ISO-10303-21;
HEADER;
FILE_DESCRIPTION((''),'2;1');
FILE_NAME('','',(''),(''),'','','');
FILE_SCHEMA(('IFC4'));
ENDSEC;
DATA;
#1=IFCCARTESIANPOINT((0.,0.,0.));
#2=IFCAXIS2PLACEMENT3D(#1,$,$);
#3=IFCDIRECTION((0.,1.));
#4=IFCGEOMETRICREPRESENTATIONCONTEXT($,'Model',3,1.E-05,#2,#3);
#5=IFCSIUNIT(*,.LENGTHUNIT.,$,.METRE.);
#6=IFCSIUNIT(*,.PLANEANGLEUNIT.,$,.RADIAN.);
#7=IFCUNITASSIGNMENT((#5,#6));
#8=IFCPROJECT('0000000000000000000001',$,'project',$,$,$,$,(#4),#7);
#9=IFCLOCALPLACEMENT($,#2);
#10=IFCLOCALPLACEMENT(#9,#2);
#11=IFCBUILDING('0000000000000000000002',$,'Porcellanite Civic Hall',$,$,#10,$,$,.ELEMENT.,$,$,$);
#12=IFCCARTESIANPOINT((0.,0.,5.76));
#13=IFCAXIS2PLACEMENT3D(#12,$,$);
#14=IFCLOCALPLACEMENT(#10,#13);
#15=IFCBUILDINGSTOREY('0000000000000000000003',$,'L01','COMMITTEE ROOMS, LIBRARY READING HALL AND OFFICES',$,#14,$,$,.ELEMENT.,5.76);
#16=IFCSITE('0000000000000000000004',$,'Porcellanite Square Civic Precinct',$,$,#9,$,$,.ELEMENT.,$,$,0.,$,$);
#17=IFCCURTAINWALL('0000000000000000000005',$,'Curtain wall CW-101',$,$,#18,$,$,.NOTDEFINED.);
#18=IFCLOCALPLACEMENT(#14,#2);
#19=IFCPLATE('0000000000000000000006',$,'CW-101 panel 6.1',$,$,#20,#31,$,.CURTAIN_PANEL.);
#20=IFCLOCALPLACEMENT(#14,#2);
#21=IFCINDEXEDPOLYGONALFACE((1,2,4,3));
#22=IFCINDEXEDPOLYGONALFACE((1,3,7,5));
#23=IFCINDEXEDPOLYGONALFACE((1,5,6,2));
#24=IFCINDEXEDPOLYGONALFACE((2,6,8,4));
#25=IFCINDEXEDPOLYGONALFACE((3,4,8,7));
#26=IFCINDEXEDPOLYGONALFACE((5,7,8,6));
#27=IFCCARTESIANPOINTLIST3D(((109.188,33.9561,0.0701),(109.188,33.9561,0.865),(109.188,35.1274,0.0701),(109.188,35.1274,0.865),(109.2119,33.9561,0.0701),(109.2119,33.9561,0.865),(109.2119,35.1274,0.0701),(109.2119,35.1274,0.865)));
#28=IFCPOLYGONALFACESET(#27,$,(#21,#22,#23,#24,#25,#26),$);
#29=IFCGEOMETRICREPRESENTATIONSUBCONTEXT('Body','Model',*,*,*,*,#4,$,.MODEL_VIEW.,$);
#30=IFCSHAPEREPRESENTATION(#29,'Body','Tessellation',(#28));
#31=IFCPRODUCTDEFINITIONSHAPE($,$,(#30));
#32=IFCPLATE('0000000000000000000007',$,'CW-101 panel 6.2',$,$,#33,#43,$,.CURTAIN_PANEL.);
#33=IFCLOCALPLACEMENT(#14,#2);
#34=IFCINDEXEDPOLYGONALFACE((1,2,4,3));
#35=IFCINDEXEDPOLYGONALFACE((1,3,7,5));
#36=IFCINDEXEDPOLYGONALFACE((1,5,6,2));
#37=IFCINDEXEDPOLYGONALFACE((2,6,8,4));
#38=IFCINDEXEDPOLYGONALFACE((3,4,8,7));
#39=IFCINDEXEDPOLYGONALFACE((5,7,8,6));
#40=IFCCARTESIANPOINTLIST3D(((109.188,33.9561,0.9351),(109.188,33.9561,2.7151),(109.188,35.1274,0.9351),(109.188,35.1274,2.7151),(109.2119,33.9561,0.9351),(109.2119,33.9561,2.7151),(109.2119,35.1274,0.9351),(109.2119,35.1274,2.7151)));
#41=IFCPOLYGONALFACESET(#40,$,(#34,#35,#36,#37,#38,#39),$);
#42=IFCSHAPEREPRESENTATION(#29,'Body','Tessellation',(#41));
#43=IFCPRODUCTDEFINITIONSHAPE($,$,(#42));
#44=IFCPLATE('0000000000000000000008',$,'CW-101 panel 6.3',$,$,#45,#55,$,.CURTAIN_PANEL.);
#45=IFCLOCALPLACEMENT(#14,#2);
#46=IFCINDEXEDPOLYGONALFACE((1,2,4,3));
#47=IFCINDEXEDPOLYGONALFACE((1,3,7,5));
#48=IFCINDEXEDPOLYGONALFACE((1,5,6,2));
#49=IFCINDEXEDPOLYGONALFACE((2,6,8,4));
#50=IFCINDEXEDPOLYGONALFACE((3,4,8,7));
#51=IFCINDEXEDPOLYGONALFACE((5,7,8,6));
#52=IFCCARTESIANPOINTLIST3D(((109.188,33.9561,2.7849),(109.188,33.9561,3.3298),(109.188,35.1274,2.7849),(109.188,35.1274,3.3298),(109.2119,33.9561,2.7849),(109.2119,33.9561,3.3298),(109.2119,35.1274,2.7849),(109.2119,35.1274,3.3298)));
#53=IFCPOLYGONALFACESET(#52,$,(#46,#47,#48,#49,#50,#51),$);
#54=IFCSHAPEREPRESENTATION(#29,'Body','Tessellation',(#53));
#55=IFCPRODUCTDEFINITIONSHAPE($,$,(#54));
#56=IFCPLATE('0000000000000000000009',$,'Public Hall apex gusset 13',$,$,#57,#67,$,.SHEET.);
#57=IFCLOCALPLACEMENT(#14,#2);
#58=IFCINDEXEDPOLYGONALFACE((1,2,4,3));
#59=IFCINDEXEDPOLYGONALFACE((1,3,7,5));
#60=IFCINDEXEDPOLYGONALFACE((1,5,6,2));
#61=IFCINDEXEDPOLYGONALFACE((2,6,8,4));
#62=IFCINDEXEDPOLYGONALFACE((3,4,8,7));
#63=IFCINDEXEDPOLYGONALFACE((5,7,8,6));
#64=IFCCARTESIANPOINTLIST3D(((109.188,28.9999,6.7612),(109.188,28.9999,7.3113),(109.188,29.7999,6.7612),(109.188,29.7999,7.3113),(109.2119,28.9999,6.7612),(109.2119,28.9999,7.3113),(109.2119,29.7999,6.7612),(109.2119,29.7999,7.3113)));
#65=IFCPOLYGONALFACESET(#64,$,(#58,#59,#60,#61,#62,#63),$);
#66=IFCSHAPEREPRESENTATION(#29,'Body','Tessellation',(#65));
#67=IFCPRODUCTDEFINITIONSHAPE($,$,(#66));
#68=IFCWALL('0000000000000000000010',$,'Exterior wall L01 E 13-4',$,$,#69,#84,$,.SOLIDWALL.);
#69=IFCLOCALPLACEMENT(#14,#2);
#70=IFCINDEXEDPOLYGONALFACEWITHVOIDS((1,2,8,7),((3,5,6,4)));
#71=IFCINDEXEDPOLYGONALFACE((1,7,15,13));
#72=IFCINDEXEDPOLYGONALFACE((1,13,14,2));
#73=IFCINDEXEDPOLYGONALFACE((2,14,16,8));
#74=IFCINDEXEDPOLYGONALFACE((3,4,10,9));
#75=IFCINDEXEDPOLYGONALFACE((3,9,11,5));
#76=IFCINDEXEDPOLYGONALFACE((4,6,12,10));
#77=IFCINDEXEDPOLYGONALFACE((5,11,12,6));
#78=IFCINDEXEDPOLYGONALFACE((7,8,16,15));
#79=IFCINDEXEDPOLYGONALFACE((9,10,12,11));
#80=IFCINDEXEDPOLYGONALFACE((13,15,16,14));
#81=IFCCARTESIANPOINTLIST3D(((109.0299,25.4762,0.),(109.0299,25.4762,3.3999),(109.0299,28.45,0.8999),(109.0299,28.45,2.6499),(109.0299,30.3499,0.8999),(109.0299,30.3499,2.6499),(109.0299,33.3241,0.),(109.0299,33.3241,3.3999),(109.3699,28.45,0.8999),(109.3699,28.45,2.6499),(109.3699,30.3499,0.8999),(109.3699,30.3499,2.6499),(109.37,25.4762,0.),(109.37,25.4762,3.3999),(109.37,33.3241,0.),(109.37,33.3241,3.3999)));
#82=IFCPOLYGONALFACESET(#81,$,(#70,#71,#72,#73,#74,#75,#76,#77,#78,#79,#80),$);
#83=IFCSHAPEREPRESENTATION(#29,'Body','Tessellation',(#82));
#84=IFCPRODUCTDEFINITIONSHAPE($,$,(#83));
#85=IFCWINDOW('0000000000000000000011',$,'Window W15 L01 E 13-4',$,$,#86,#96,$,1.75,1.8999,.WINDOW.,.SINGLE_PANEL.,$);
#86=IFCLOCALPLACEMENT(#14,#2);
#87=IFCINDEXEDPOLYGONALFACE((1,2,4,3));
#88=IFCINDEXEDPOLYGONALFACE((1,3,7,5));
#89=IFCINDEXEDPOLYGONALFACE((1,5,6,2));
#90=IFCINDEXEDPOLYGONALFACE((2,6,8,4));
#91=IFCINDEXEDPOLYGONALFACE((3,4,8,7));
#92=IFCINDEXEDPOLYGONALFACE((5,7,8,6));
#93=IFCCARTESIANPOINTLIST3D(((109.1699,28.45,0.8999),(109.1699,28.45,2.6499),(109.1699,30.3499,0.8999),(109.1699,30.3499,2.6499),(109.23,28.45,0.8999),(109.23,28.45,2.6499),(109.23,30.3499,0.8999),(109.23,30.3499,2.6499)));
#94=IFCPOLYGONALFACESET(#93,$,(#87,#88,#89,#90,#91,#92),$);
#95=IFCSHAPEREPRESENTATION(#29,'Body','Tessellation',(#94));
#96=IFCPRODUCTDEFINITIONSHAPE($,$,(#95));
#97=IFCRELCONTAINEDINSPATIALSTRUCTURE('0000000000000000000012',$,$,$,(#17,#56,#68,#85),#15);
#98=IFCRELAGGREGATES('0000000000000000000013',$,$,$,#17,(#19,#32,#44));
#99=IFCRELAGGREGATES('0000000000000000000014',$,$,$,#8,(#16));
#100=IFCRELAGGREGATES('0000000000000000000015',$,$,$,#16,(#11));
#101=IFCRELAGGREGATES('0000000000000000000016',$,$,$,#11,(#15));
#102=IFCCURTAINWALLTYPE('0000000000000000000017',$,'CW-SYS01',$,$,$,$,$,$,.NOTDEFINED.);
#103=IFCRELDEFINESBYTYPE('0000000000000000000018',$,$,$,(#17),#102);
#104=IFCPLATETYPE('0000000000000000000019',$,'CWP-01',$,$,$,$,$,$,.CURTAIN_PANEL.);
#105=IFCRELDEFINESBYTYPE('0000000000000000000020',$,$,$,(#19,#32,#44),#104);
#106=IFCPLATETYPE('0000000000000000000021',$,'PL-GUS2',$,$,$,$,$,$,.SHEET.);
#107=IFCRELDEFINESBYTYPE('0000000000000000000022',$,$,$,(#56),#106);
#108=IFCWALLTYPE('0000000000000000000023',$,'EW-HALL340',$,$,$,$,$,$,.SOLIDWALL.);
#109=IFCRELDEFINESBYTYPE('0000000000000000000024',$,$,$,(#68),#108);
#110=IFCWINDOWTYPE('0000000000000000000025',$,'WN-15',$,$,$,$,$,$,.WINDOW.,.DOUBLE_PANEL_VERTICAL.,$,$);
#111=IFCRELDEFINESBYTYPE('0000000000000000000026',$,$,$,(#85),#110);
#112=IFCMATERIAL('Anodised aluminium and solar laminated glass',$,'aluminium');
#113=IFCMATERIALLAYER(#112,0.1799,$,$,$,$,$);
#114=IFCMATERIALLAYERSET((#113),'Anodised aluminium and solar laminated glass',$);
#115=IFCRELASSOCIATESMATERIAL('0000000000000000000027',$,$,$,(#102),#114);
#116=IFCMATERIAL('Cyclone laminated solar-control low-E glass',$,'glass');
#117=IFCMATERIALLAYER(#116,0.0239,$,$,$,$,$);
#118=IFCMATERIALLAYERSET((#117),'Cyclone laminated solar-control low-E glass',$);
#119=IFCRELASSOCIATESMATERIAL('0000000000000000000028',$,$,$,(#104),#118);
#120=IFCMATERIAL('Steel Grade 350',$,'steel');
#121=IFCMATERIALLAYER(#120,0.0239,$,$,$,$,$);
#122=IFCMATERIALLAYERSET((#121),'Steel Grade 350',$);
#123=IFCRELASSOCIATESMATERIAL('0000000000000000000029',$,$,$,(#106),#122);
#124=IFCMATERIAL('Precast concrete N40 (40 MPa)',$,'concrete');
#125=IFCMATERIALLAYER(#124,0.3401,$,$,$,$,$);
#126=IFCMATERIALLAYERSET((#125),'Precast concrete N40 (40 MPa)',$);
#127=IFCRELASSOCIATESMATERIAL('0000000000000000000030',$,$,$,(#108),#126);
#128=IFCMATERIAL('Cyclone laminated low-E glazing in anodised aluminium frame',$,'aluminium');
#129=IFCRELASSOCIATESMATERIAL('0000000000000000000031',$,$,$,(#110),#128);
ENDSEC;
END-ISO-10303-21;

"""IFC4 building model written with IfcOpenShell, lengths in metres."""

from ifc_helpers import new_model, si_unit, direction, frame, frame_2d, origin, origin_2d, place, context, subcontext, project, spatial, rectangle, extrude, material, layer, layer_set, type_object, element, fill, aggregate, save


model = new_model("IFC4")

# Units and contexts
model_context = context("Model", 3, precision=1e-05, world=origin(), true_north=direction((0.0, 1.0)))
body_context = subcontext(model_context, "Body", "Model", "MODEL_VIEW")
ifc_project = project(units=[si_unit("LENGTHUNIT", "METRE"), si_unit("PLANEANGLEUNIT", "RADIAN")], contexts=[model_context])

# Site, building, storey
site_placement = place(None, origin())
site = spatial("IfcSite", under=ifc_project, at=site_placement, Name="Porcellanite Square Civic Precinct", CompositionType="ELEMENT", RefElevation=0.0)
building_placement = place(site_placement, origin())
building = spatial("IfcBuilding", under=site, at=building_placement, Name="Porcellanite Civic Hall", CompositionType="ELEMENT")
storey_placement = place(building_placement, frame((0.0, 0.0, 5.76)))
storey = spatial("IfcBuildingStorey", under=building, at=storey_placement, Name="L01", Description="COMMITTEE ROOMS, LIBRARY READING HALL AND OFFICES", CompositionType="ELEMENT", Elevation=5.76)

# Curtain wall
ifc_material_1 = material(Name="Anodised aluminium and solar laminated glass", Category="aluminium")
ifc_layer_1 = layer(ifc_material_1, 0.1799)
ifc_layer_set_1 = layer_set([ifc_layer_1], Name="Anodised aluminium and solar laminated glass")
curtain_wall_type = type_object("IfcCurtainWallType", Name="CW-SYS01", PredefinedType="NOTDEFINED", material=ifc_layer_set_1)
curtain_wall_1_placement = place(storey_placement, origin())
curtain_wall_1 = element("IfcCurtainWall", 1, at=curtain_wall_1_placement, inside=storey, type_object=curtain_wall_type, Name="Curtain wall CW-101", PredefinedType="NOTDEFINED")

# Plates
ifc_material_2 = material(Name="Cyclone laminated solar-control low-E glass", Category="glass")
ifc_layer_2 = layer(ifc_material_2, 0.0239)
ifc_layer_set_2 = layer_set([ifc_layer_2], Name="Cyclone laminated solar-control low-E glass")
plate_type_1 = type_object("IfcPlateType", Name="CWP-01", PredefinedType="CURTAIN_PANEL", material=ifc_layer_set_2)
plate_1_placement = place(storey_placement, frame((109.2, 34.5417, 0.0701), z_axis=(0.0, 0.0, 1.0), x_axis=(0.0, -1.0, 0.0)))
plate_1 = element("IfcPlate", 2, at=plate_1_placement, type_object=plate_type_1, Name="CW-101 panel 6.1", PredefinedType="CURTAIN_PANEL", context=body_context, shape_type="SweptSolid", body=[
    extrude(rectangle(XDim=1.1714, YDim=0.0239, at=origin_2d()), origin(), (0.0, 0.0, 1.0), 0.7949),
])
plate_2_placement = place(storey_placement, frame((109.2, 34.5417, 0.9351), z_axis=(0.0, 0.0, 1.0), x_axis=(0.0, -1.0, 0.0)))
plate_2 = element("IfcPlate", 3, at=plate_2_placement, type_object=plate_type_1, Name="CW-101 panel 6.2", PredefinedType="CURTAIN_PANEL", context=body_context, shape_type="SweptSolid", body=[
    extrude(rectangle(XDim=1.1714, YDim=0.0239, at=origin_2d()), origin(), (0.0, 0.0, 1.0), 1.78),
])
plate_3_placement = place(storey_placement, frame((109.2, 34.5417, 2.7849), z_axis=(0.0, 0.0, 1.0), x_axis=(0.0, -1.0, 0.0)))
plate_3 = element("IfcPlate", 4, at=plate_3_placement, type_object=plate_type_1, Name="CW-101 panel 6.3", PredefinedType="CURTAIN_PANEL", context=body_context, shape_type="SweptSolid", body=[
    extrude(rectangle(XDim=1.1714, YDim=0.0239, at=origin_2d()), origin(), (0.0, 0.0, 1.0), 0.5449),
])
aggregate(curtain_wall_1, [plate_1, plate_2, plate_3])
ifc_material_3 = material(Name="Steel Grade 350", Category="steel")
ifc_layer_3 = layer(ifc_material_3, 0.0239)
ifc_layer_set_3 = layer_set([ifc_layer_3], Name="Steel Grade 350")
plate_type_2 = type_object("IfcPlateType", Name="PL-GUS2", PredefinedType="SHEET", material=ifc_layer_set_3)
plate_4_placement = place(storey_placement, frame((109.2, 29.3999, 6.7612), z_axis=(0.0, 0.0, 1.0), x_axis=(1.0, 0.0, 0.0)))
element("IfcPlate", 5, at=plate_4_placement, inside=storey, type_object=plate_type_2, Name="Public Hall apex gusset 13", PredefinedType="SHEET", context=body_context, shape_type="SweptSolid", body=[
    extrude(rectangle(XDim=0.0239, YDim=0.8, at=origin_2d()), origin(), (0.0, 0.0, 1.0), 0.55),
])

# Wall, opening, window
ifc_material_4 = material(Name="Precast concrete N40 (40 MPa)", Category="concrete")
ifc_layer_4 = layer(ifc_material_4, 0.3401)
ifc_layer_set_4 = layer_set([ifc_layer_4], Name="Precast concrete N40 (40 MPa)")
wall_type = type_object("IfcWallType", Name="EW-HALL340", PredefinedType="SOLIDWALL", material=ifc_layer_set_4)
wall_placement = place(storey_placement, frame((109.2, 33.324, 0.0), z_axis=(0.0, 0.0, 1.0), x_axis=(0.0, -1.0, 0.0)))
wall = element("IfcWall", 6, at=wall_placement, inside=storey, type_object=wall_type, Name="Exterior wall L01 E 13-4", PredefinedType="SOLIDWALL", context=body_context, shape_type="SweptSolid", body=[
    extrude(rectangle(XDim=7.8479, YDim=0.3401, at=frame_2d((3.9238, 0.0))), origin(), (0.0, 0.0, 1.0), 3.3999),
])
opening_placement = place(wall_placement, frame((2.9741, 0.0, 0.8999)))
opening = element("IfcOpeningElement", 7, at=opening_placement, cuts=wall, PredefinedType="OPENING", context=body_context, shape_type="SweptSolid", body=[
    extrude(rectangle(XDim=1.8999, YDim=1.75, at=frame_2d((0.95, 0.875))), frame((0.0, 0.1699, 0.0), z_axis=(0.0, -1.0, 0.0), x_axis=(1.0, 0.0, 0.0)), (0.0, 0.0, 1.0), 0.3401),
])
ifc_material_5 = material(Name="Cyclone laminated low-E glazing in anodised aluminium frame", Category="aluminium")
window_type = type_object("IfcWindowType", Name="WN-15", PartitioningType="DOUBLE_PANEL_VERTICAL", PredefinedType="WINDOW", material=ifc_material_5)
window_placement = place(opening_placement, origin())
window = element("IfcWindow", 8, at=window_placement, inside=storey, type_object=window_type, Name="Window W15 L01 E 13-4", OverallHeight=1.75, OverallWidth=1.8999, PartitioningType="SINGLE_PANEL", PredefinedType="WINDOW", context=body_context, shape_type="SweptSolid", body=[
    extrude(rectangle(XDim=1.8999, YDim=1.75, at=frame_2d((0.95, 0.875))), frame((0.0, 0.03, 0.0), z_axis=(0.0, -1.0, 0.0), x_axis=(1.0, 0.0, 0.0)), (0.0, 0.0, 1.0), 0.0601),
])
fill(opening, window)

save(model, "model.ifc")
